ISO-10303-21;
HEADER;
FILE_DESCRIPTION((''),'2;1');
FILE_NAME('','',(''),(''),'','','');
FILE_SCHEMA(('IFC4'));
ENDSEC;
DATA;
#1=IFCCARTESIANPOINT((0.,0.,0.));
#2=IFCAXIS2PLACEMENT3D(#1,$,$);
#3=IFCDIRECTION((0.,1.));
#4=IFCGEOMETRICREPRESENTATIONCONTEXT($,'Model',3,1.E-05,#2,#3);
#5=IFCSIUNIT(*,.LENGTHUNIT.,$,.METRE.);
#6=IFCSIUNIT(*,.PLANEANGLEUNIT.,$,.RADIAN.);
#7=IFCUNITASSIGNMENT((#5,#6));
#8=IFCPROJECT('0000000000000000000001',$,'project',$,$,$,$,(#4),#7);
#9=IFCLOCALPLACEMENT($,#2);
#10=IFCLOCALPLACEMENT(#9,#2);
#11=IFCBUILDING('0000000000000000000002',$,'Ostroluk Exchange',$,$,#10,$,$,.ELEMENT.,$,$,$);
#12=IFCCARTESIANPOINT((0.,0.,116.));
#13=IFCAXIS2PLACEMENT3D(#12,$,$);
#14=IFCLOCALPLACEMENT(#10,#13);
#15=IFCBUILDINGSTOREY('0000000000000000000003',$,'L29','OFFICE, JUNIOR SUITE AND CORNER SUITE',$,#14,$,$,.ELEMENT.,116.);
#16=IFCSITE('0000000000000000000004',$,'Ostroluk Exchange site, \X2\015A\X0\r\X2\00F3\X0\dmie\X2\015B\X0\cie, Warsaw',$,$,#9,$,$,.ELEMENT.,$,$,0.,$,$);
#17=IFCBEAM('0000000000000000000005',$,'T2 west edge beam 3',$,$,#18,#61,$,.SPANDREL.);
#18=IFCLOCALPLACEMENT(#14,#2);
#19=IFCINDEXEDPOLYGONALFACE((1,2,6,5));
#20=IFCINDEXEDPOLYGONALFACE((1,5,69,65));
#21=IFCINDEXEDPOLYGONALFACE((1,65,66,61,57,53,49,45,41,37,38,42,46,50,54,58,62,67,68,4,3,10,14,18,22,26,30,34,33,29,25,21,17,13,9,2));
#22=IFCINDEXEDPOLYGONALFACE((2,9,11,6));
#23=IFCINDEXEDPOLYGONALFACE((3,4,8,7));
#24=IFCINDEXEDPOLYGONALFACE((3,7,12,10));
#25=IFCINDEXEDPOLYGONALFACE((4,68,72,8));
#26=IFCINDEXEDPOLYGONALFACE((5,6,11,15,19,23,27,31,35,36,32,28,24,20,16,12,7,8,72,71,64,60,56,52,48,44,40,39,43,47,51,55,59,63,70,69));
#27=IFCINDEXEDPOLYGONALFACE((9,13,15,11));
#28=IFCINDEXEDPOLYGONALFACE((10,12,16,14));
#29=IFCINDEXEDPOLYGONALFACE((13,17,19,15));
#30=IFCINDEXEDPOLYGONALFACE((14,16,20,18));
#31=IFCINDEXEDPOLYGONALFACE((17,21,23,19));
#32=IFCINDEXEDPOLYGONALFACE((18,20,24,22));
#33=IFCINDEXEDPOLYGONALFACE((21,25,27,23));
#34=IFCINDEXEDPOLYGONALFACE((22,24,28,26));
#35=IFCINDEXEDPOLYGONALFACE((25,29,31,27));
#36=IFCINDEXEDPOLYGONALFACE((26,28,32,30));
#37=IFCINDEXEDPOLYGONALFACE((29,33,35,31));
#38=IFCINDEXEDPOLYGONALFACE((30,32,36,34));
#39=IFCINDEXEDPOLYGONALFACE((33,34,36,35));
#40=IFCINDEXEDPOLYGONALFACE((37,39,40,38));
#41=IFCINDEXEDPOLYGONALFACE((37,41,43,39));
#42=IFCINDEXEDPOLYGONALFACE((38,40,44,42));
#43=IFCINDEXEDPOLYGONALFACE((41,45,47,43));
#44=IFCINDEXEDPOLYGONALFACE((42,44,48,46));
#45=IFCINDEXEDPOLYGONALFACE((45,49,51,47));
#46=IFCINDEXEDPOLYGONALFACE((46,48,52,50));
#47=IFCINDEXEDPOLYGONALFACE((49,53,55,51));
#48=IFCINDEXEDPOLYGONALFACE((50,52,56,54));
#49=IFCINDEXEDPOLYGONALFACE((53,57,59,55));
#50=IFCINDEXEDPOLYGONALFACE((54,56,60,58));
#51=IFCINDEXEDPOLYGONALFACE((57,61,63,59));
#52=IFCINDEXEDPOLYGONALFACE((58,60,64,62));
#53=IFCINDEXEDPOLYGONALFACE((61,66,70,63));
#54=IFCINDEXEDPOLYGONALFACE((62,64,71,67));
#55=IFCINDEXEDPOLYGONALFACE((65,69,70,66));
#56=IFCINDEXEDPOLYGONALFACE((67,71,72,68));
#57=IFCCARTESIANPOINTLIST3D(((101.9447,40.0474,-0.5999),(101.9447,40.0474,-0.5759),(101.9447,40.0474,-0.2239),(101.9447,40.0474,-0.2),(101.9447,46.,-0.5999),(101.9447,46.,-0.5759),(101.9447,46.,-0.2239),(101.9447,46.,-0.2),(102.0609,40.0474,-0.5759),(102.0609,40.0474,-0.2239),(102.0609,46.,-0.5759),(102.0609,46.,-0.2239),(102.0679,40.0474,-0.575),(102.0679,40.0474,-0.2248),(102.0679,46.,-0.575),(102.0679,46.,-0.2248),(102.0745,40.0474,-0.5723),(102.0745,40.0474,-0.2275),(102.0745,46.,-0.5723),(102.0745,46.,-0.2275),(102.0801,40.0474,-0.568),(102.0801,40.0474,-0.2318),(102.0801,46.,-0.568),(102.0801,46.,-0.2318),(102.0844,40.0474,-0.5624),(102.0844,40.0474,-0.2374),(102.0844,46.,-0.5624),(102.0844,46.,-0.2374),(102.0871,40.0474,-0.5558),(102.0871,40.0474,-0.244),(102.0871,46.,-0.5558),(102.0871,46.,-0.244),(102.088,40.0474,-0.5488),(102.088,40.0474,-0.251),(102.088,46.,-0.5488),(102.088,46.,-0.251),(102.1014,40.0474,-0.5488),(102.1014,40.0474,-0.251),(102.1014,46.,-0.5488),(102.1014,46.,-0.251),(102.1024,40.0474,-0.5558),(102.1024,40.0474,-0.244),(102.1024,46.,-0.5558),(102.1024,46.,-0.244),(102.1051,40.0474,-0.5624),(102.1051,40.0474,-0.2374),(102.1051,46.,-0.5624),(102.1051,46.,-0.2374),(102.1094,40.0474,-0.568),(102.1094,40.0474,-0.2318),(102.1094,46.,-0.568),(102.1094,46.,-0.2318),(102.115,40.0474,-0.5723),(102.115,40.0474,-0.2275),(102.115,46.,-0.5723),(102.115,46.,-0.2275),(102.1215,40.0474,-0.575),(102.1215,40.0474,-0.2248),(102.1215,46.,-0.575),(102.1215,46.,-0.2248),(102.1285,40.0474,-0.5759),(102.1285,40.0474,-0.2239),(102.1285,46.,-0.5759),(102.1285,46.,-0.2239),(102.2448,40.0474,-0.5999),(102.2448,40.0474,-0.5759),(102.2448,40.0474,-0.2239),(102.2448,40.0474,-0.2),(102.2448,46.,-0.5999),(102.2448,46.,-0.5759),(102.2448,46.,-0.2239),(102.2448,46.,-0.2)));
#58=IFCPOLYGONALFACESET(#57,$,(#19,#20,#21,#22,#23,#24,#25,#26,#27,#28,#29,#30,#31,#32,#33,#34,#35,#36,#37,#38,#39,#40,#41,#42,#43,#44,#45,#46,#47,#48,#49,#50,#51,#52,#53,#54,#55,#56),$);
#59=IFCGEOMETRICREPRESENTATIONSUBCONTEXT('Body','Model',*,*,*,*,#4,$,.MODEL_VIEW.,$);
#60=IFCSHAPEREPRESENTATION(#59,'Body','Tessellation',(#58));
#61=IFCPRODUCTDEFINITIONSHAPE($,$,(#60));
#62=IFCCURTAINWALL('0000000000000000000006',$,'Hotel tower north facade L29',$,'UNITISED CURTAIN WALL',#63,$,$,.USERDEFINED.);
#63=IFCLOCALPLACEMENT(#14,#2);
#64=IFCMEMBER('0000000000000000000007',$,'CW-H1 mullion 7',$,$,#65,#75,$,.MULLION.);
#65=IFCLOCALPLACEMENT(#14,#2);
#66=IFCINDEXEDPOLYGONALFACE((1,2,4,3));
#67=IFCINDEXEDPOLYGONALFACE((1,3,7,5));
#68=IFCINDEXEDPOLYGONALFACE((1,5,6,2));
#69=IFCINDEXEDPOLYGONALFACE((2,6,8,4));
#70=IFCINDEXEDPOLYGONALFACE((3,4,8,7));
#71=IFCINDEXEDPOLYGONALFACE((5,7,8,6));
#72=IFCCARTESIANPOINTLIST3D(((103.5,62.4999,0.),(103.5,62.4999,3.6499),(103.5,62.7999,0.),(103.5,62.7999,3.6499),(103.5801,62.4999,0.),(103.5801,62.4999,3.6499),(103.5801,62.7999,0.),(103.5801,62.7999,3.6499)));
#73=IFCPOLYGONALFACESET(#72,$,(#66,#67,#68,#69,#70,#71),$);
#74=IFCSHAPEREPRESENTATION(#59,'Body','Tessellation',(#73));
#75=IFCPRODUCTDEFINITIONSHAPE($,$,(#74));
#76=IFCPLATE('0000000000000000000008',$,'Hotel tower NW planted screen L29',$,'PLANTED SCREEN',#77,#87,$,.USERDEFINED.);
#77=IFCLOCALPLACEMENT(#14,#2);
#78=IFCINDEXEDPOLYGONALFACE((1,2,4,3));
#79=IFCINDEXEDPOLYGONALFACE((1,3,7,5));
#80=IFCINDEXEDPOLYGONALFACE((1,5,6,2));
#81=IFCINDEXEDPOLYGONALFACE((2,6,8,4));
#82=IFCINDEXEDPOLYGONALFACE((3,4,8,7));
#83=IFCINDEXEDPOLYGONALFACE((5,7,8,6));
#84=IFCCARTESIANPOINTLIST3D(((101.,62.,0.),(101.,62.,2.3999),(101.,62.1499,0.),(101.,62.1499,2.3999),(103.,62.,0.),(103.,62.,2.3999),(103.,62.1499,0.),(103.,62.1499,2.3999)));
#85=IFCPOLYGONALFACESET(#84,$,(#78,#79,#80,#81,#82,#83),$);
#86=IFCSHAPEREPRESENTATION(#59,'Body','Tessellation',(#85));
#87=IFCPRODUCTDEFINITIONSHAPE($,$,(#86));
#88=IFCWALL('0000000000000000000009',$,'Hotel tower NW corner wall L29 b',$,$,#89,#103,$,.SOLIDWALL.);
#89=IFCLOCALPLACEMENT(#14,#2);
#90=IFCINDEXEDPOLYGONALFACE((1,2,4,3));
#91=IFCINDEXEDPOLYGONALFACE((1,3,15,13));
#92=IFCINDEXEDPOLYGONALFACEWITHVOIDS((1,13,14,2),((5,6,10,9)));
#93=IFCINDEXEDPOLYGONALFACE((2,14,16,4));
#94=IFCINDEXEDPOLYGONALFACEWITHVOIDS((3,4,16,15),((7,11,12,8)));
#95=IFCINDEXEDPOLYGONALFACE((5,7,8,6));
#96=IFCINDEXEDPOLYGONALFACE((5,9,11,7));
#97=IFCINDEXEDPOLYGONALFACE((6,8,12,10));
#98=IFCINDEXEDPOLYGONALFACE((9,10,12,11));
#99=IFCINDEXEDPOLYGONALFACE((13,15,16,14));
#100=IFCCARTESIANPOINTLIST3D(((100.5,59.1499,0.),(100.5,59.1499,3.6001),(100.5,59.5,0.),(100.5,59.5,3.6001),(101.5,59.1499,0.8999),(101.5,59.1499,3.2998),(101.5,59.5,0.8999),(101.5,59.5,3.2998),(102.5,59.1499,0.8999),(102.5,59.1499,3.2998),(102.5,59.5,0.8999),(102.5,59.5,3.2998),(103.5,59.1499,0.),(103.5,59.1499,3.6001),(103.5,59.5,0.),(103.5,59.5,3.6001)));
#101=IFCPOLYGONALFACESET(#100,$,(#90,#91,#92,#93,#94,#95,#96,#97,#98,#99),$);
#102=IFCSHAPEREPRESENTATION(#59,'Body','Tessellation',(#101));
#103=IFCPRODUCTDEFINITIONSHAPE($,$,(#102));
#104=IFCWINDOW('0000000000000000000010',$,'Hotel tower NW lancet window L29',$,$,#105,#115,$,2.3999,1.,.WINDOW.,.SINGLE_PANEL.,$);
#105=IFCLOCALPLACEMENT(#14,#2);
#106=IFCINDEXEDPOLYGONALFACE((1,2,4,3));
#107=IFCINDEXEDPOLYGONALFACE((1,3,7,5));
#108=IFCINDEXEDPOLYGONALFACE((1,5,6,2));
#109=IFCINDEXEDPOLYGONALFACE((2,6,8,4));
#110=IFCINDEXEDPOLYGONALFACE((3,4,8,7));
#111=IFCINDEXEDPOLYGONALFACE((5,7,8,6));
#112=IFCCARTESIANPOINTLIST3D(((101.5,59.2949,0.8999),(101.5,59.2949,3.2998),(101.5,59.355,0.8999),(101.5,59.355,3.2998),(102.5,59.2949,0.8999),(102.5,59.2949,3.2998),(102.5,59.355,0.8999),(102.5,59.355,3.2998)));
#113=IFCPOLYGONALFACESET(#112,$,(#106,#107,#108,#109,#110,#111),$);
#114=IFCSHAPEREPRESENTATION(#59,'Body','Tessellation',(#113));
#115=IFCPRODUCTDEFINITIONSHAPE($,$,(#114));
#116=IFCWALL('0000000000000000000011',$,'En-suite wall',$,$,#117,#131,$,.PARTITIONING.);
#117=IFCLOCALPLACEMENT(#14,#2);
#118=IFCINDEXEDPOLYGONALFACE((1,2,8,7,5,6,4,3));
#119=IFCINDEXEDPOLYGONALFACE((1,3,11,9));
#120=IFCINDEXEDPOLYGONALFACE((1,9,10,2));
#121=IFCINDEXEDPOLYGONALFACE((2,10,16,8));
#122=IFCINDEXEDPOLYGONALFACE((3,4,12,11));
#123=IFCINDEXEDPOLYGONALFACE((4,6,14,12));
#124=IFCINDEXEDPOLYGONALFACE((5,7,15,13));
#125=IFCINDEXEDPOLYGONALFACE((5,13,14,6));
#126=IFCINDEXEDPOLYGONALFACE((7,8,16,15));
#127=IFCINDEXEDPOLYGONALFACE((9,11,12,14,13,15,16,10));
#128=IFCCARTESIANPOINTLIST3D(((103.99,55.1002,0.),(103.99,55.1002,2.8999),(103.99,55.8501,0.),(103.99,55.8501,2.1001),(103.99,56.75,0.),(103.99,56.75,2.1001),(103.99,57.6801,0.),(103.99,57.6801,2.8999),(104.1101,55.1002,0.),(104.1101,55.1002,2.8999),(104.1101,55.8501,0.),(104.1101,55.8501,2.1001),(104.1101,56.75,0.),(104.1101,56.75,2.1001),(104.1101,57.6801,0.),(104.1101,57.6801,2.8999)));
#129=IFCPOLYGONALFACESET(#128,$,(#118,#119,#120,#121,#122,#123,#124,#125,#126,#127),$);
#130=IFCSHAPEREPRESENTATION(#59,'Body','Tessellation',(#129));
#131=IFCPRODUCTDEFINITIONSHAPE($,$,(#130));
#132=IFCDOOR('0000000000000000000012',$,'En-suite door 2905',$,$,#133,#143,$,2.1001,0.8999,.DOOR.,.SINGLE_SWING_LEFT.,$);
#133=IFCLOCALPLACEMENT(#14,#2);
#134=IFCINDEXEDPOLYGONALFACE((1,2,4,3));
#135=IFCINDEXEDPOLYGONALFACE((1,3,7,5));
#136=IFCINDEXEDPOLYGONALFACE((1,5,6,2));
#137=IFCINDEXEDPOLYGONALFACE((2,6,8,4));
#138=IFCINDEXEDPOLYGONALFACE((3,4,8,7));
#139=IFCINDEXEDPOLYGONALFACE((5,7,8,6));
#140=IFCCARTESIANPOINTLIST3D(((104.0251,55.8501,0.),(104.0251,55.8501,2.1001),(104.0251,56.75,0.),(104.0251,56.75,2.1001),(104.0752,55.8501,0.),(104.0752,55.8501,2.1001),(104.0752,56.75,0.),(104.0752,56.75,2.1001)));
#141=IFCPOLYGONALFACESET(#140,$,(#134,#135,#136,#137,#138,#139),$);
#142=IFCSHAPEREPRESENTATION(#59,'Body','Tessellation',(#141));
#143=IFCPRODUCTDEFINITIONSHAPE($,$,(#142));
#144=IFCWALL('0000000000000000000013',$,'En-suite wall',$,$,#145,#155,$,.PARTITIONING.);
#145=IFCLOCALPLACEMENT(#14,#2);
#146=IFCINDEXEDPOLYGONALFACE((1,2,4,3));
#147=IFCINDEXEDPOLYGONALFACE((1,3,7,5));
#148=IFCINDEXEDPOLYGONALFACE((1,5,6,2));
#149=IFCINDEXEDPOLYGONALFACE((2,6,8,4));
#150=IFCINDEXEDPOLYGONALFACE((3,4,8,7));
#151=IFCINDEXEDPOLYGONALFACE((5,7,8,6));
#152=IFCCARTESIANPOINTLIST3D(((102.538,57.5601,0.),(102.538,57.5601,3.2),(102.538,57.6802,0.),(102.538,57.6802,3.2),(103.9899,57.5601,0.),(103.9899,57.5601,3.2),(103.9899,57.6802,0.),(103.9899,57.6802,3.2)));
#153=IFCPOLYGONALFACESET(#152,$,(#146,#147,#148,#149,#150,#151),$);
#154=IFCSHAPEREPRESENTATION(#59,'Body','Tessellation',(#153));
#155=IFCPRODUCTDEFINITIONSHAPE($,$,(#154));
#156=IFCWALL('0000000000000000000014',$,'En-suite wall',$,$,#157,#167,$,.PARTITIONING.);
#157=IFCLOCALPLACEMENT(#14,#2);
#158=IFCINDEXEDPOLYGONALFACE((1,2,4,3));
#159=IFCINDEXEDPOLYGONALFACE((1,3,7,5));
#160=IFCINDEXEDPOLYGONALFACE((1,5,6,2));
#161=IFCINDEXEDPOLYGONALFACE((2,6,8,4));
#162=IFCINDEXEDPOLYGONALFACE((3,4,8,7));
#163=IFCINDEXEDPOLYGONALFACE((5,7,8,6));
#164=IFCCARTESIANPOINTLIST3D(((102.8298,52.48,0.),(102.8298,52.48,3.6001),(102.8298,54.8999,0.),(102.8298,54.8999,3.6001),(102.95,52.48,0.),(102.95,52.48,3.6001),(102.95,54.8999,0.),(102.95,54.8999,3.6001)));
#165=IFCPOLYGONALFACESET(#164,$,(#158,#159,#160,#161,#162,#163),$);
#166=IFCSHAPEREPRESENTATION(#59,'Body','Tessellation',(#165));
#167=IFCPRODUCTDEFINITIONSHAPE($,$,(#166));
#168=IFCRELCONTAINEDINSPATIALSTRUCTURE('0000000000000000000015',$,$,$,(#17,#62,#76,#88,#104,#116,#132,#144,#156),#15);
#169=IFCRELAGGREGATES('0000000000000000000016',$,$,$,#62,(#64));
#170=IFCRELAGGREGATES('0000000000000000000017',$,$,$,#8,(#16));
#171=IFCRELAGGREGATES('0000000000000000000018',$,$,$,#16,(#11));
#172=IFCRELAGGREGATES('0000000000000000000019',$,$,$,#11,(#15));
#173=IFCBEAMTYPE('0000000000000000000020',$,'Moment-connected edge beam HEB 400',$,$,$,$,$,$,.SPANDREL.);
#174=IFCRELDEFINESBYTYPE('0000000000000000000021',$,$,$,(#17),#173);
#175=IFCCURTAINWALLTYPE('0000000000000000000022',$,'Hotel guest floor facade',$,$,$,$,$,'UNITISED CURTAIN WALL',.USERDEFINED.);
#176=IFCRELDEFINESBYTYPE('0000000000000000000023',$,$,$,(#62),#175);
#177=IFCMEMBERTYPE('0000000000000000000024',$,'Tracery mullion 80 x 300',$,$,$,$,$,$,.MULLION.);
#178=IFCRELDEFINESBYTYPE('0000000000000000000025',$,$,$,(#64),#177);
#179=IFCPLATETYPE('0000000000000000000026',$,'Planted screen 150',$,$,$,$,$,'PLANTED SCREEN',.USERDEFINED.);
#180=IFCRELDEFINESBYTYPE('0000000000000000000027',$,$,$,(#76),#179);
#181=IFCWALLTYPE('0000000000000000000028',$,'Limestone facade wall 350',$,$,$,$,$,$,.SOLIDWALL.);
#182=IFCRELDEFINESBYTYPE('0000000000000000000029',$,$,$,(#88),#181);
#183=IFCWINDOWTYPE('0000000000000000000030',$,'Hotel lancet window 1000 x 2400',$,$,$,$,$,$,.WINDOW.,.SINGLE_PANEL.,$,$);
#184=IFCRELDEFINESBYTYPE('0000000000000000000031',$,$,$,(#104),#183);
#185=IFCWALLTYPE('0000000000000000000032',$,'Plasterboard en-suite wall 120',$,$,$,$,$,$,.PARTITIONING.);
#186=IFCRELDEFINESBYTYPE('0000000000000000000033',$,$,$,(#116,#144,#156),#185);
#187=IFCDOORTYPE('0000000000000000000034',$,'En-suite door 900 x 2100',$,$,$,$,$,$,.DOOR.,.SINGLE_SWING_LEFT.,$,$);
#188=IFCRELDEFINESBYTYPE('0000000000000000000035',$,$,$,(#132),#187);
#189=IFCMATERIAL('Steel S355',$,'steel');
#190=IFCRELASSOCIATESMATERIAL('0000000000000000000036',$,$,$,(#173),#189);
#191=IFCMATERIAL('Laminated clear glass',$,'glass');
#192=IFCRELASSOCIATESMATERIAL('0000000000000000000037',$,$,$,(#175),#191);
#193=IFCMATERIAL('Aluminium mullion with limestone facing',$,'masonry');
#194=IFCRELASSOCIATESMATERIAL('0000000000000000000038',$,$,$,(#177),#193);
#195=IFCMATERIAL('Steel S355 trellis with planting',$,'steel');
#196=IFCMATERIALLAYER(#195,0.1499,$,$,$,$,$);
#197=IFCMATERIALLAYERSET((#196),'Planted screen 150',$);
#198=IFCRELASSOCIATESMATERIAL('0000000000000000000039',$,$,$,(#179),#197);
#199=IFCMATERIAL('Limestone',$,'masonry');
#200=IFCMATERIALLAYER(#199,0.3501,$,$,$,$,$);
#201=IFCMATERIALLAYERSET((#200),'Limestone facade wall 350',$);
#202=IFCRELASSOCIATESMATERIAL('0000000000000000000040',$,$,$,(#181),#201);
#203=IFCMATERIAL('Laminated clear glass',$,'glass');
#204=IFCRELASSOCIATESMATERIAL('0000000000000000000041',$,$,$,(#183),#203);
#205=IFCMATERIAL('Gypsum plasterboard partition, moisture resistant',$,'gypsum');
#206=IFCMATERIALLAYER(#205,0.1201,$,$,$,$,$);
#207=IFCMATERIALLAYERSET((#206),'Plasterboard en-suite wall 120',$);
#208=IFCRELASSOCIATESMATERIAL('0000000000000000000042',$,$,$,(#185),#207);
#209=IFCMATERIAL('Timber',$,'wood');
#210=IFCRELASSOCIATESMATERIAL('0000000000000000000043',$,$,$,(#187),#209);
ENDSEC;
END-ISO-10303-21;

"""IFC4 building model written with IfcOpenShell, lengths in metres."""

from ifc_helpers import new_model, si_unit, direction, frame, frame_2d, origin, origin_2d, place, context, subcontext, project, spatial, rectangle, i_section, extrude, material, layer, layer_set, material_profile, profile_set, type_object, element, fill, aggregate, save


model = new_model("IFC4")

# Units and contexts
model_context = context("Model", 3, precision=1e-05, world=origin(), true_north=direction((0.0, 1.0)))
body_context = subcontext(model_context, "Body", "Model", "MODEL_VIEW")
ifc_project = project(units=[si_unit("LENGTHUNIT", "METRE"), si_unit("PLANEANGLEUNIT", "RADIAN")], contexts=[model_context])

# Site, building, storey
site_placement = place(None, origin())
site = spatial("IfcSite", under=ifc_project, at=site_placement, Name="Ostroluk Exchange site, Śródmieście, Warsaw", CompositionType="ELEMENT", RefElevation=0.0)
building_placement = place(site_placement, origin())
building = spatial("IfcBuilding", under=site, at=building_placement, Name="Ostroluk Exchange", CompositionType="ELEMENT")
storey_placement = place(building_placement, frame((0.0, 0.0, 116.0)))
storey = spatial("IfcBuildingStorey", under=building, at=storey_placement, Name="L29", Description="OFFICE, JUNIOR SUITE AND CORNER SUITE", CompositionType="ELEMENT", Elevation=116.0)

# Beam
ifc_material_1 = material(Name="Steel S355", Category="steel")
ifc_material_profile_1 = material_profile(ifc_material_1, i_section(OverallWidth=0.3, OverallDepth=0.3999, WebThickness=0.0134, FlangeThickness=0.0239, FilletRadius=0.0271, at=origin_2d()), Name="HEB 400")
ifc_profile_set_1 = profile_set([ifc_material_profile_1], Name="Steel S355")
beam_type_1 = type_object("IfcBeamType", Name="Moment-connected edge beam HEB 400", PredefinedType="SPANDREL", material=ifc_profile_set_1)
for number, where, z_axis, x_axis, name in (
    (1, (102.0947, 46.0, -0.3999), (0.0, -1.0, 0.0), (1.0, 0.0, 0.0), "T2 west edge beam 3"),
):
    element("IfcBeam", number, at=place(storey_placement, frame(where, z_axis=z_axis, x_axis=x_axis)), inside=storey, type_object=beam_type_1, Name=name, PredefinedType="SPANDREL", context=body_context, shape_type="SweptSolid", body=[
        extrude(i_section(OverallWidth=0.3, OverallDepth=0.3999, WebThickness=0.0134, FlangeThickness=0.0239, FilletRadius=0.0271, at=origin_2d()), origin(), (0.0, 0.0, 1.0), 5.9526),
    ])

# Curtain wall, member
ifc_material_2 = material(Name="Laminated clear glass", Category="glass")
curtain_wall_type = type_object("IfcCurtainWallType", Name="Hotel guest floor facade", ElementType="UNITISED CURTAIN WALL", PredefinedType="USERDEFINED", material=ifc_material_2)
curtain_wall_placement = place(storey_placement, origin())
curtain_wall = element("IfcCurtainWall", 2, at=curtain_wall_placement, inside=storey, type_object=curtain_wall_type, Name="Hotel tower north facade L29", ObjectType="UNITISED CURTAIN WALL", PredefinedType="USERDEFINED")
ifc_material_3 = material(Name="Aluminium mullion with limestone facing", Category="masonry")
ifc_material_profile_2 = material_profile(ifc_material_3, rectangle(XDim=0.3, YDim=0.0801, at=origin_2d()), Name="Tracery mullion 80 x 300")
ifc_profile_set_2 = profile_set([ifc_material_profile_2], Name="Aluminium mullion with limestone facing")
member_type = type_object("IfcMemberType", Name="Tracery mullion 80 x 300", PredefinedType="MULLION", material=ifc_profile_set_2)
member_placement = place(storey_placement, frame((103.54, 62.6499, 0.0), z_axis=(0.0, 0.0, 1.0), x_axis=(0.0, -1.0, 0.0)))
member = element("IfcMember", 3, at=member_placement, type_object=member_type, Name="CW-H1 mullion 7", PredefinedType="MULLION", context=body_context, shape_type="SweptSolid", body=[
    extrude(rectangle(XDim=0.3, YDim=0.0801, at=origin_2d()), origin(), (0.0, 0.0, 1.0), 3.6499),
])
aggregate(curtain_wall, [member])

# Plate
ifc_material_4 = material(Name="Steel S355 trellis with planting", Category="steel")
ifc_layer_1 = layer(ifc_material_4, 0.1499)
ifc_layer_set_1 = layer_set([ifc_layer_1], Name="Planted screen 150")
plate_type = type_object("IfcPlateType", Name="Planted screen 150", ElementType="PLANTED SCREEN", PredefinedType="USERDEFINED", material=ifc_layer_set_1)
plate_placement = place(storey_placement, frame((102.0, 62.075, 0.0), z_axis=(0.0, 0.0, 1.0), x_axis=(1.0, 0.0, 0.0)))
element("IfcPlate", 4, at=plate_placement, inside=storey, type_object=plate_type, Name="Hotel tower NW planted screen L29", ObjectType="PLANTED SCREEN", PredefinedType="USERDEFINED", context=body_context, shape_type="SweptSolid", body=[
    extrude(rectangle(XDim=2.0, YDim=0.1499, at=origin_2d()), origin(), (0.0, 0.0, 1.0), 2.3999),
])

# Shared definitions
ifc_material_5 = material(Name="Limestone", Category="masonry")
ifc_layer_2 = layer(ifc_material_5, 0.3501)
ifc_layer_set_2 = layer_set([ifc_layer_2], Name="Limestone facade wall 350")
wall_type_1 = type_object("IfcWallType", Name="Limestone facade wall 350", PredefinedType="SOLIDWALL", material=ifc_layer_set_2)

# Wall, opening, window
wall_1_placement = place(storey_placement, frame((103.5, 59.325, 0.0), z_axis=(0.0, 0.0, 1.0), x_axis=(-1.0, 0.0, 0.0)))
wall_1 = element("IfcWall", 5, at=wall_1_placement, inside=storey, type_object=wall_type_1, Name="Hotel tower NW corner wall L29 b", PredefinedType="SOLIDWALL", context=body_context, shape_type="SweptSolid", body=[
    extrude(rectangle(XDim=3.0, YDim=0.3501, at=frame_2d((1.5, 0.0))), origin(), (0.0, 0.0, 1.0), 3.6001),
])
opening_1_placement = place(wall_1_placement, frame((1.0, 0.0, 0.8999)))
opening_1 = element("IfcOpeningElement", 6, at=opening_1_placement, cuts=wall_1, PredefinedType="OPENING", context=body_context, shape_type="SweptSolid", body=[
    extrude(rectangle(XDim=1.0, YDim=2.3999, at=frame_2d((0.5, 1.2))), frame((0.0, 0.1851, 0.0), z_axis=(0.0, -1.0, 0.0), x_axis=(1.0, 0.0, 0.0)), (0.0, 0.0, 1.0), 0.3701),
])
ifc_material_6 = material(Name="Laminated clear glass", Category="glass")
window_type = type_object("IfcWindowType", Name="Hotel lancet window 1000 x 2400", PartitioningType="SINGLE_PANEL", PredefinedType="WINDOW", material=ifc_material_6)
window_placement = place(opening_1_placement, origin())
window = element("IfcWindow", 7, at=window_placement, inside=storey, type_object=window_type, Name="Hotel tower NW lancet window L29", OverallHeight=2.3999, OverallWidth=1.0, PartitioningType="SINGLE_PANEL", PredefinedType="WINDOW", context=body_context, shape_type="SweptSolid", body=[
    extrude(rectangle(XDim=1.0, YDim=2.3999, at=frame_2d((0.5, 1.2))), frame((0.0, 0.03, 0.0), z_axis=(0.0, -1.0, 0.0), x_axis=(1.0, 0.0, 0.0)), (0.0, 0.0, 1.0), 0.0601),
])
fill(opening_1, window)

# Wall, opening, door
ifc_material_7 = material(Name="Gypsum plasterboard partition, moisture resistant", Category="gypsum")
ifc_layer_3 = layer(ifc_material_7, 0.1201)
ifc_layer_set_3 = layer_set([ifc_layer_3], Name="Plasterboard en-suite wall 120")
wall_type_2 = type_object("IfcWallType", Name="Plasterboard en-suite wall 120", PredefinedType="PARTITIONING", material=ifc_layer_set_3)
wall_2_placement = place(storey_placement, frame((104.05, 55.1001, 0.0), z_axis=(0.0, 0.0, 1.0), x_axis=(0.0, 1.0, 0.0)))
wall_2 = element("IfcWall", 8, at=wall_2_placement, inside=storey, type_object=wall_type_2, Name="En-suite wall", PredefinedType="PARTITIONING", context=body_context, shape_type="SweptSolid", body=[
    extrude(rectangle(XDim=2.5798, YDim=0.1201, at=frame_2d((1.29, 0.0))), origin(), (0.0, 0.0, 1.0), 2.8999),
])
opening_2_placement = place(wall_2_placement, frame((0.75, 0.0, 0.0)))
opening_2 = element("IfcOpeningElement", 9, at=opening_2_placement, cuts=wall_2, PredefinedType="OPENING", context=body_context, shape_type="SweptSolid", body=[
    extrude(rectangle(XDim=0.8999, YDim=2.1001, at=frame_2d((0.45, 1.05))), frame((0.0, 0.0701, 0.0), z_axis=(0.0, -1.0, 0.0), x_axis=(1.0, 0.0, 0.0)), (0.0, 0.0, 1.0), 0.1401),
])
ifc_material_8 = material(Name="Timber", Category="wood")
door_type_1 = type_object("IfcDoorType", Name="En-suite door 900 x 2100", OperationType="SINGLE_SWING_LEFT", PredefinedType="DOOR", material=ifc_material_8)
door_1_placement = place(opening_2_placement, origin())
door_1 = element("IfcDoor", 10, at=door_1_placement, inside=storey, type_object=door_type_1, Name="En-suite door 2905", OperationType="SINGLE_SWING_LEFT", OverallHeight=2.1001, OverallWidth=0.8999, PredefinedType="DOOR", context=body_context, shape_type="SweptSolid", body=[
    extrude(rectangle(XDim=0.8999, YDim=2.1001, at=frame_2d((0.45, 1.05))), frame((0.0, 0.0249, 0.0), z_axis=(0.0, -1.0, 0.0), x_axis=(1.0, 0.0, 0.0)), (0.0, 0.0, 1.0), 0.05),
])
fill(opening_2, door_1)

# Walls
wall_3_placement = place(storey_placement, frame((103.99, 57.6201, 0.0), z_axis=(0.0, 0.0, 1.0), x_axis=(-1.0, 0.0, 0.0)))
element("IfcWall", 11, at=wall_3_placement, inside=storey, type_object=wall_type_2, Name="En-suite wall", PredefinedType="PARTITIONING", context=body_context, shape_type="SweptSolid", body=[
    extrude(rectangle(XDim=1.4519, YDim=0.1201, at=frame_2d((0.7261, 0.0))), origin(), (0.0, 0.0, 1.0), 3.2),
])
wall_4_placement = place(storey_placement, frame((102.8899, 54.8999, 0.0), z_axis=(0.0, 0.0, 1.0), x_axis=(0.0, -1.0, 0.0)))
element("IfcWall", 12, at=wall_4_placement, inside=storey, type_object=wall_type_2, Name="En-suite wall", PredefinedType="PARTITIONING", context=body_context, shape_type="SweptSolid", body=[
    extrude(rectangle(XDim=2.4199, YDim=0.1201, at=frame_2d((1.21, 0.0))), origin(), (0.0, 0.0, 1.0), 3.6001),
])

save(model, "model.ifc")
